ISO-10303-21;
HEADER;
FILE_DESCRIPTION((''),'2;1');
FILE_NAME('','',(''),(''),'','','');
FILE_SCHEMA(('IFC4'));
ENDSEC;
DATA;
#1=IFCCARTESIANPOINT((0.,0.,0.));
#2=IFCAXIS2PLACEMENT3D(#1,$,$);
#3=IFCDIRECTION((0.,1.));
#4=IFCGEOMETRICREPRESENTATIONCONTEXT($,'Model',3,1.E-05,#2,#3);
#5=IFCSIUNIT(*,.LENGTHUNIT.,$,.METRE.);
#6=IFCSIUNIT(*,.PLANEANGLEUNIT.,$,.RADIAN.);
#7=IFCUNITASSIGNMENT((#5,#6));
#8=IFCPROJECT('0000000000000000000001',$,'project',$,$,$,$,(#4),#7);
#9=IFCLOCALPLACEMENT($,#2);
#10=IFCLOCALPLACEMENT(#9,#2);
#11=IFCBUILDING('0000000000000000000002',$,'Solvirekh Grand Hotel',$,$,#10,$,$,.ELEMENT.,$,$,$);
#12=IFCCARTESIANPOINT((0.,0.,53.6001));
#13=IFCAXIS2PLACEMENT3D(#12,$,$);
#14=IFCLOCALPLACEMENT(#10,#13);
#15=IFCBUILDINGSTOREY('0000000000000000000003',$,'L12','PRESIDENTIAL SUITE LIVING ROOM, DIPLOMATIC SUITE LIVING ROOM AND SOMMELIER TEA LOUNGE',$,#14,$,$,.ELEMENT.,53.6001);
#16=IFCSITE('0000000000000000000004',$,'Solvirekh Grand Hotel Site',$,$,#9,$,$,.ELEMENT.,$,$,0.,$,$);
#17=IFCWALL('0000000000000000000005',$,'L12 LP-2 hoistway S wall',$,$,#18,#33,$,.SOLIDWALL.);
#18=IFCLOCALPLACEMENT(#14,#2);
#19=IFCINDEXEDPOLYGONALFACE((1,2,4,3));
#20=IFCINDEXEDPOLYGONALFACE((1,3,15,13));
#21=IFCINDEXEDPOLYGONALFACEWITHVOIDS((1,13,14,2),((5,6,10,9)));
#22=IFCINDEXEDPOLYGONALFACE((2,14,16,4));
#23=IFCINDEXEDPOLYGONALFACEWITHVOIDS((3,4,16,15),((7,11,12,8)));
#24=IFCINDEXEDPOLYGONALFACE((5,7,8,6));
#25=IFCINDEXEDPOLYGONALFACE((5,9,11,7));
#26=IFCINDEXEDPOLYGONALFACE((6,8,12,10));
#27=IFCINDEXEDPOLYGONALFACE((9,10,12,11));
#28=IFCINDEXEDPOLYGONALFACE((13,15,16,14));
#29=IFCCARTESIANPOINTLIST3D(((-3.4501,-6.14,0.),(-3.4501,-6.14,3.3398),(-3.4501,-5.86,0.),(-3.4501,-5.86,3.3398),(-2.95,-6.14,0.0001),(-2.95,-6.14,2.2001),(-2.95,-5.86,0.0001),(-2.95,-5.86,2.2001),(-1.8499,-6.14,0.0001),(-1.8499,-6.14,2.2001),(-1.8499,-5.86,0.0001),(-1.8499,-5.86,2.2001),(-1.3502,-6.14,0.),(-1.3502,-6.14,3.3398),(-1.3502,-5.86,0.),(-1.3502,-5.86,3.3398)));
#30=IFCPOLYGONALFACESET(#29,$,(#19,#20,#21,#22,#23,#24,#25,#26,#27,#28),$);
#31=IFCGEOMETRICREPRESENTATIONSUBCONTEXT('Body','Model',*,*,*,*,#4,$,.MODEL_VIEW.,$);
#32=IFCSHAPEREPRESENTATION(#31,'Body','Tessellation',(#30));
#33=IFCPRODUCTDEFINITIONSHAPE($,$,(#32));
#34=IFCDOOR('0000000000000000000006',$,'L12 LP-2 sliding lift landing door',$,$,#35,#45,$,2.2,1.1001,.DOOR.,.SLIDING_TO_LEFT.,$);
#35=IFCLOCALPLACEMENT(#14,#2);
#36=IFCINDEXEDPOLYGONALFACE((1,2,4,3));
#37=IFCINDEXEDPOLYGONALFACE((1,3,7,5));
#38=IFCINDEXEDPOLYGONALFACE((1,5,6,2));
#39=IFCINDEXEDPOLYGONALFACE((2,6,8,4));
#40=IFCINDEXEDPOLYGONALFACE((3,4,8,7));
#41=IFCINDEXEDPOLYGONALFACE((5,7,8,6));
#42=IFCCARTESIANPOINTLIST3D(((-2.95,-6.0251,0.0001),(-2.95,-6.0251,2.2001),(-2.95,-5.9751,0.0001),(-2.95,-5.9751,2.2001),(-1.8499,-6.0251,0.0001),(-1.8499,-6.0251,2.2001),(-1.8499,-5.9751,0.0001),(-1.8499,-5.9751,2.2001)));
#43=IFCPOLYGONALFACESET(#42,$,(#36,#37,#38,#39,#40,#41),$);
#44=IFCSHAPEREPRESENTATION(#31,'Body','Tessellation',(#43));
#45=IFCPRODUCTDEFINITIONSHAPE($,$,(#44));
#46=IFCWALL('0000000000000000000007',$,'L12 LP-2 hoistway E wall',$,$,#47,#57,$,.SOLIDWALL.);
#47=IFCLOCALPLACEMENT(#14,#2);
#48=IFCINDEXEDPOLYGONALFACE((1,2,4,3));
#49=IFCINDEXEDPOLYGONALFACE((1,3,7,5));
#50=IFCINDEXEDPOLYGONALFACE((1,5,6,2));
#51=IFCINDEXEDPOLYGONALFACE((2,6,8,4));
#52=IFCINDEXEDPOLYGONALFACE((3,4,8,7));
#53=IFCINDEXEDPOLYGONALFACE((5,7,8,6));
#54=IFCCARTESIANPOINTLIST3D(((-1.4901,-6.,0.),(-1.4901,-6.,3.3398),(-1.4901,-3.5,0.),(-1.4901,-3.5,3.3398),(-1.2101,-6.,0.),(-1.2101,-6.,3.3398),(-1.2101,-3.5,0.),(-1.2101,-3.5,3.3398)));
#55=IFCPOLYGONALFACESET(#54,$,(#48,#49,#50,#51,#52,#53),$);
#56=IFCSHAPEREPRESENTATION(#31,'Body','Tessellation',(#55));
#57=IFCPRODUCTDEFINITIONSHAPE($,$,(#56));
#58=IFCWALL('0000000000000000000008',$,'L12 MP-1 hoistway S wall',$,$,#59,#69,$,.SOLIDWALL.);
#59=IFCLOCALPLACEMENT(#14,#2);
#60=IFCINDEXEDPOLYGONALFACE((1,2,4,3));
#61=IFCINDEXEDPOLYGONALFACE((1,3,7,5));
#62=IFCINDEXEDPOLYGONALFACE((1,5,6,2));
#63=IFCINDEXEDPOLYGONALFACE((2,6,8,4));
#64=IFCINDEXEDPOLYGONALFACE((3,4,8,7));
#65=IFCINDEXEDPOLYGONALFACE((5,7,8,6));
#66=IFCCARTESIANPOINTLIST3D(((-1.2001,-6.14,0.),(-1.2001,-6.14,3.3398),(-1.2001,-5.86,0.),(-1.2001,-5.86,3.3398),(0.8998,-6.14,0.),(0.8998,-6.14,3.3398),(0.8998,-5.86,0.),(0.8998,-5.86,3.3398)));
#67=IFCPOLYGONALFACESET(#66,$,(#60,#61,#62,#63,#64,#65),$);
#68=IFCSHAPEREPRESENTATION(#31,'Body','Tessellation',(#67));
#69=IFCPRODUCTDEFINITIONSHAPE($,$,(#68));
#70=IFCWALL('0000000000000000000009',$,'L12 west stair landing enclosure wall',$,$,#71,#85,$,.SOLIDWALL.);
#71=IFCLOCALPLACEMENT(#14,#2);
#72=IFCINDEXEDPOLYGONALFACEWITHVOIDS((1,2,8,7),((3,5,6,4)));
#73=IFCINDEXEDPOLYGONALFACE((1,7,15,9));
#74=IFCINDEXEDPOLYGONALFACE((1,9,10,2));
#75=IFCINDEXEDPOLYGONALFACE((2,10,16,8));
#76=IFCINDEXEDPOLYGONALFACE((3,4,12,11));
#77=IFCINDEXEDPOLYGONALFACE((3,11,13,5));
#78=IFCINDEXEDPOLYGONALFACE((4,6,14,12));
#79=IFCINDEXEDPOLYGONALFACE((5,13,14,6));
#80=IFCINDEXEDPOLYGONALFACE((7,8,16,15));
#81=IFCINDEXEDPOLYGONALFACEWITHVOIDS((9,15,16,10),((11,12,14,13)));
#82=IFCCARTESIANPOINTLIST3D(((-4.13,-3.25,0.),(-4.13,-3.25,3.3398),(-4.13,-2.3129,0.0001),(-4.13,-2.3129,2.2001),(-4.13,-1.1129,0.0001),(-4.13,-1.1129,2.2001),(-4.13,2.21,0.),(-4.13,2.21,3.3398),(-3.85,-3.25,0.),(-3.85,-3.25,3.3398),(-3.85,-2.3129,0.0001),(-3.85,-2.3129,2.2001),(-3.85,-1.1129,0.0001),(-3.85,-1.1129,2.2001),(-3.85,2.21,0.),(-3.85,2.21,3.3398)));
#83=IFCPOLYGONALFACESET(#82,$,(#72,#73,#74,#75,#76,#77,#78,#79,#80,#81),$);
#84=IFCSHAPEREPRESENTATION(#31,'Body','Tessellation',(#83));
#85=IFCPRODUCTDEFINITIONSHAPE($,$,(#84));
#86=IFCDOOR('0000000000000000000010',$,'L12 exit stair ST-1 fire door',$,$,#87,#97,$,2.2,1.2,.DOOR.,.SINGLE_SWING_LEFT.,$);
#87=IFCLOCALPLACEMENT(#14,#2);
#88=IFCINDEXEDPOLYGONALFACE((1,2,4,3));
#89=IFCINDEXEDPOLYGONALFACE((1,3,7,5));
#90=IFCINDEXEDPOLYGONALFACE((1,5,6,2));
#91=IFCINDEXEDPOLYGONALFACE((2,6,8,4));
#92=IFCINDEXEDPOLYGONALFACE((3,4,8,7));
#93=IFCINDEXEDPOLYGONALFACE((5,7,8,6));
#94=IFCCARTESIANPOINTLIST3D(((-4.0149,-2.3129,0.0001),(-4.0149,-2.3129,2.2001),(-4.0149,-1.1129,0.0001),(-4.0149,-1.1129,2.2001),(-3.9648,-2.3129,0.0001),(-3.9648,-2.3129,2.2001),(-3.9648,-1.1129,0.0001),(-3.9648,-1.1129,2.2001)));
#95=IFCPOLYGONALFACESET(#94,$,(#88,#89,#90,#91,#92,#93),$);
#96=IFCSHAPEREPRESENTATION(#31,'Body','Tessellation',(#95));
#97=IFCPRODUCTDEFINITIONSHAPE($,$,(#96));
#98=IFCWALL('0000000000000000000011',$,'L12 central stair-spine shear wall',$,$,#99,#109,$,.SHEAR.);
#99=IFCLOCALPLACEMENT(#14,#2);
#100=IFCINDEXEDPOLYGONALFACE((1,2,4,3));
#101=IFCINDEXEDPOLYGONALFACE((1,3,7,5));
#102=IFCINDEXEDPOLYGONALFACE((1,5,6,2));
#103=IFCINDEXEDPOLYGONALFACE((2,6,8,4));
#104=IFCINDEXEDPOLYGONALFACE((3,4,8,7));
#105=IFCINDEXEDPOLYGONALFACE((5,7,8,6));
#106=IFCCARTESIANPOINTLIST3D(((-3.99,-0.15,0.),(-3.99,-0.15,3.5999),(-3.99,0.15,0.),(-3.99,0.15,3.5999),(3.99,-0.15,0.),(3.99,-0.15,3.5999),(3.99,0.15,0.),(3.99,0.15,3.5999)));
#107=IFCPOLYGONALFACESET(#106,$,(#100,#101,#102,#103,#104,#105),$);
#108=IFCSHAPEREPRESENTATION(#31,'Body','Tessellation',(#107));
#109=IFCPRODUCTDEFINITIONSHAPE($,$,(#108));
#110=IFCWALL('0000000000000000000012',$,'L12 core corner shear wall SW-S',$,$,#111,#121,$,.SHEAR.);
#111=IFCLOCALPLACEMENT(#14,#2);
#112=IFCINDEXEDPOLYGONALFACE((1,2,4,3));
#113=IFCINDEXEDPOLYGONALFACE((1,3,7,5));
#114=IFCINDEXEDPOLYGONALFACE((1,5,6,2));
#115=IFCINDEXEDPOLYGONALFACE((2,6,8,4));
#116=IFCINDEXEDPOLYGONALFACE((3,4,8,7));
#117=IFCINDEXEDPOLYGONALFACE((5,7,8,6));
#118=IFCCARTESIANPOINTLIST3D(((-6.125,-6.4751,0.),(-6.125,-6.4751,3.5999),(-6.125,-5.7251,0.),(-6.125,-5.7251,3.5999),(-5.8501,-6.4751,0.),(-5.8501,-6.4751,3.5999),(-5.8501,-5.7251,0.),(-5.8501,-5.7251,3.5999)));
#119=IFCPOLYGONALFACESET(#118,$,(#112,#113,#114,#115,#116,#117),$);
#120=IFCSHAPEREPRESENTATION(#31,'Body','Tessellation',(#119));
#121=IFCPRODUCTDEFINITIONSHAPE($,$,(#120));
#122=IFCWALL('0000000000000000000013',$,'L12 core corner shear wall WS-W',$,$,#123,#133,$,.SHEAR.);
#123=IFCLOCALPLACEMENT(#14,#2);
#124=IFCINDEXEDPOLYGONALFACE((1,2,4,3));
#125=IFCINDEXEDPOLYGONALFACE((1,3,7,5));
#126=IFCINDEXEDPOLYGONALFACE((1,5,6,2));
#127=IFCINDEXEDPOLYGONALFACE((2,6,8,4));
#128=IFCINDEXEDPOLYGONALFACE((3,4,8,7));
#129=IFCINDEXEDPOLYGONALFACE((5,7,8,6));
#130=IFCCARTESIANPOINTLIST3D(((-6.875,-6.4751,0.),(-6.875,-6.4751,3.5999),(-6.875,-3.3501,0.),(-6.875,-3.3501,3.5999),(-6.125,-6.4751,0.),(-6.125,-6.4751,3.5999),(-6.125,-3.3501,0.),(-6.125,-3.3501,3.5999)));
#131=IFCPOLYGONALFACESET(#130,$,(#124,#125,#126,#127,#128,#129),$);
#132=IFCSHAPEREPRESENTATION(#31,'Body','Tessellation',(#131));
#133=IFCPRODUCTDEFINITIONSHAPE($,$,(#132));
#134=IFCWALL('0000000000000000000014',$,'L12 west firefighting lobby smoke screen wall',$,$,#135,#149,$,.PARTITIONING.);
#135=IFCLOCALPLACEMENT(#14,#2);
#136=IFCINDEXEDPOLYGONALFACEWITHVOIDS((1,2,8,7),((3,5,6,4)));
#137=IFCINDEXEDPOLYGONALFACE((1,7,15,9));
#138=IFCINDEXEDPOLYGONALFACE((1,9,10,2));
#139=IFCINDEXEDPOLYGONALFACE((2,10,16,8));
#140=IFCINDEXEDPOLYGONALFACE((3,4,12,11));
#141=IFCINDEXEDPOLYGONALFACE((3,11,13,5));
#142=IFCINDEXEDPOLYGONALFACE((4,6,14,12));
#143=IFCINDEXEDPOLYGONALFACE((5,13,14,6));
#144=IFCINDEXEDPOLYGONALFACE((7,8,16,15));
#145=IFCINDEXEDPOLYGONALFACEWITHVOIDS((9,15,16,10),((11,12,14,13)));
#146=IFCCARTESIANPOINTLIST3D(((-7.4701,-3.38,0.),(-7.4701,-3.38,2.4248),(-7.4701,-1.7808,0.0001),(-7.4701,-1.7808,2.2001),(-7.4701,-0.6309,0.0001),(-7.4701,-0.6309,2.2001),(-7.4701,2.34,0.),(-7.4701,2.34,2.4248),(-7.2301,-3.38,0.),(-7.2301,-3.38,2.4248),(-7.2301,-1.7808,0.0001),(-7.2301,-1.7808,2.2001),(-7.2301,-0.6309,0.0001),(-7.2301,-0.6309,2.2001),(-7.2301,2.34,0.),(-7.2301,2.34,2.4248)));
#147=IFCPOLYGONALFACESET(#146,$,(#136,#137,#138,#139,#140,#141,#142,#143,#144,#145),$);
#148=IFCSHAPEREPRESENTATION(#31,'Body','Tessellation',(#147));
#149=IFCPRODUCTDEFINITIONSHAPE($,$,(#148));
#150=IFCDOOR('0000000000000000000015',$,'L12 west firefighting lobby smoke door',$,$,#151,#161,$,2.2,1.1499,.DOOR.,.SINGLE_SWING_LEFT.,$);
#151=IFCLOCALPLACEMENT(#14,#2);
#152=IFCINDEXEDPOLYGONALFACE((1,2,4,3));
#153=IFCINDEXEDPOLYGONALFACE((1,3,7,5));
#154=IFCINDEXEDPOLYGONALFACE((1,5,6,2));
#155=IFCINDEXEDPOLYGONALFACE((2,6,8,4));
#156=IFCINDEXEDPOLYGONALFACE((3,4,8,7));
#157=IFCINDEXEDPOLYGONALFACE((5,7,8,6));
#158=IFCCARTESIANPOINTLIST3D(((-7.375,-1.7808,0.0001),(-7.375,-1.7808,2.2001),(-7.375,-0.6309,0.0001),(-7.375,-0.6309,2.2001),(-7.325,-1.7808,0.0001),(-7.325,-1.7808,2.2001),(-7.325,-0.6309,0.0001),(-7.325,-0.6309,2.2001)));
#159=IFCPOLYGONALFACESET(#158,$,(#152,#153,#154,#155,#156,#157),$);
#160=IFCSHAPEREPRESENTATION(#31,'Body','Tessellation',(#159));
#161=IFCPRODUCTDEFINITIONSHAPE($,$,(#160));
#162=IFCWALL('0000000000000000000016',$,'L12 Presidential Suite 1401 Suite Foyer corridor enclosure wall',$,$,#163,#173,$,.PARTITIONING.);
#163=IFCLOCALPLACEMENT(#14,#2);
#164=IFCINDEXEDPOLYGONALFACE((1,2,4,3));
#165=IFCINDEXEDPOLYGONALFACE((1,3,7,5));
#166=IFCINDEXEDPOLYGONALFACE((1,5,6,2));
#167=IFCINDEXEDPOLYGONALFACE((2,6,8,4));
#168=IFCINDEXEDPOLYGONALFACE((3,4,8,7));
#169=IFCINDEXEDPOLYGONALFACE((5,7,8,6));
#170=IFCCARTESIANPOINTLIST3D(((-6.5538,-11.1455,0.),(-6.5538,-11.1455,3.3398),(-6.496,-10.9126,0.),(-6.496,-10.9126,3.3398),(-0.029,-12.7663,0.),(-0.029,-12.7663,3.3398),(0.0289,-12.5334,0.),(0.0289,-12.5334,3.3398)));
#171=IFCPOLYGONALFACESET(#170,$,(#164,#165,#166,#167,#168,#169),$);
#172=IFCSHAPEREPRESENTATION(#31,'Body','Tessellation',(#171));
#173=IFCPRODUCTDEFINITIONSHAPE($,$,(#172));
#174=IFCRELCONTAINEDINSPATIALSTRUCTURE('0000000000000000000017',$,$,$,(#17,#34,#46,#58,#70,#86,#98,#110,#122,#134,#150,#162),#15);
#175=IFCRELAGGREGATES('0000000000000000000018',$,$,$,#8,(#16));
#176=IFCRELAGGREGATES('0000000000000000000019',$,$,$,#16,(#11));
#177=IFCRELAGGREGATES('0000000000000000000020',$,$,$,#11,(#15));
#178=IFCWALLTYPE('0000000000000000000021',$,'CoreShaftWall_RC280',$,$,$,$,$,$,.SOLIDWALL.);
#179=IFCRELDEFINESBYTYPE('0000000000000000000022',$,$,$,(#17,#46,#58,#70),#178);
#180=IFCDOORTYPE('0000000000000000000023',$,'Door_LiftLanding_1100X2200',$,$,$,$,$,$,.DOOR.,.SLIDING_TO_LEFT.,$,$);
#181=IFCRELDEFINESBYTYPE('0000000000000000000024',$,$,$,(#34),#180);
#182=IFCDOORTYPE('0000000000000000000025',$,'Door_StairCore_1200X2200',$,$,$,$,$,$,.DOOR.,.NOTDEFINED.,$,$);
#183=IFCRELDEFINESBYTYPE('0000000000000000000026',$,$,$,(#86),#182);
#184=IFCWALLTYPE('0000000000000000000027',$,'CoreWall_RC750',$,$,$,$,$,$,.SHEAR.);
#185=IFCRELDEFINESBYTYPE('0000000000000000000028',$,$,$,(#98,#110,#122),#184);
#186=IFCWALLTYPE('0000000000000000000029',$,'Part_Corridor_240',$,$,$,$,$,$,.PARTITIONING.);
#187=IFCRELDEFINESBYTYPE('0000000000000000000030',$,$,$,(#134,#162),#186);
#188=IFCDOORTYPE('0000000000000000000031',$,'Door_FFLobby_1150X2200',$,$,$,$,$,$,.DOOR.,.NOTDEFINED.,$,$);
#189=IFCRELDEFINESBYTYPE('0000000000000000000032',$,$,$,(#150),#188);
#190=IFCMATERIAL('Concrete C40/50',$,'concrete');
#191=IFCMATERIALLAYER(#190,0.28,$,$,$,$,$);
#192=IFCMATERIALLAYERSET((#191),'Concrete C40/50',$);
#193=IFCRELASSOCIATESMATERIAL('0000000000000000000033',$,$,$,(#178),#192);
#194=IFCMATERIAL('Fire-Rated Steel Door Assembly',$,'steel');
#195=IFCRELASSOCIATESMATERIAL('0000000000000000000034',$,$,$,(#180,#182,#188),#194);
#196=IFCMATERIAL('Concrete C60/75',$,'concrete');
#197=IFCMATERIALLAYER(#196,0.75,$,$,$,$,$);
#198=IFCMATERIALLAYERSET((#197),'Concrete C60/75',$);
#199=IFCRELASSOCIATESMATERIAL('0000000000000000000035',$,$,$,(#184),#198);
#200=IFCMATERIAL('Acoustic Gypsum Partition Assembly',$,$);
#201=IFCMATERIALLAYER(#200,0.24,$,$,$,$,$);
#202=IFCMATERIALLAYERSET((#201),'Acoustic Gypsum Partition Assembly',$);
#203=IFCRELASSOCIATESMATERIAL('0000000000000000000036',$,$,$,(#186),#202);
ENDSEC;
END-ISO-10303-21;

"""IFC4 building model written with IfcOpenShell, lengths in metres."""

from ifc_helpers import new_model, si_unit, direction, frame, frame_2d, origin, place, context, subcontext, project, spatial, rectangle, extrude, material, layer, layer_set, type_object, element, fill, save


model = new_model("IFC4")

# Units and contexts
model_context = context("Model", 3, precision=1e-05, world=origin(), true_north=direction((0.0, 1.0)))
body_context = subcontext(model_context, "Body", "Model", "MODEL_VIEW")
ifc_project = project(units=[si_unit("LENGTHUNIT", "METRE"), si_unit("PLANEANGLEUNIT", "RADIAN")], contexts=[model_context])

# Site, building, storey
site_placement = place(None, origin())
site = spatial("IfcSite", under=ifc_project, at=site_placement, Name="Solvirekh Grand Hotel Site", CompositionType="ELEMENT", RefElevation=0.0)
building_placement = place(site_placement, origin())
building = spatial("IfcBuilding", under=site, at=building_placement, Name="Solvirekh Grand Hotel", CompositionType="ELEMENT")
storey_placement = place(building_placement, frame((0.0, 0.0, 53.6001)))
storey = spatial("IfcBuildingStorey", under=building, at=storey_placement, Name="L12", Description="PRESIDENTIAL SUITE LIVING ROOM, DIPLOMATIC SUITE LIVING ROOM AND SOMMELIER TEA LOUNGE", CompositionType="ELEMENT", Elevation=53.6001)

# Shared definitions
ifc_material_1 = material(Name="Concrete C60/75", Category="concrete")

# Shared definitions
ifc_material_2 = material(Name="Concrete C40/50", Category="concrete")
ifc_layer_1 = layer(ifc_material_2, 0.28)
ifc_layer_set_1 = layer_set([ifc_layer_1], Name="Concrete C40/50")
wall_type_1 = type_object("IfcWallType", Name="CoreShaftWall_RC280", PredefinedType="SOLIDWALL", material=ifc_layer_set_1)
ifc_material_3 = material(Name="Fire-Rated Steel Door Assembly", Category="steel")
door_type_1 = type_object("IfcDoorType", Name="Door_LiftLanding_1100X2200", OperationType="SLIDING_TO_LEFT", PredefinedType="DOOR", material=ifc_material_3)

# Wall, opening, door
wall_1_placement = place(storey_placement, frame((-3.45, -6.0, 0.0), z_axis=(0.0, 0.0, 1.0), x_axis=(1.0, 0.0, 0.0)))
wall_1 = element("IfcWall", 1, at=wall_1_placement, inside=storey, type_object=wall_type_1, Name="L12 LP-2 hoistway S wall", PredefinedType="SOLIDWALL", context=body_context, shape_type="SweptSolid", body=[
    extrude(rectangle(XDim=2.0999, YDim=0.28, at=frame_2d((1.0498, 0.0))), origin(), (0.0, 0.0, 1.0), 3.3398),
])
opening_1_placement = place(wall_1_placement, frame((0.5, 0.0, 0.0)))
opening_1 = element("IfcOpeningElement", 2, at=opening_1_placement, cuts=wall_1, PredefinedType="OPENING", context=body_context, shape_type="SweptSolid", body=[
    extrude(rectangle(XDim=1.1001, YDim=2.2, at=frame_2d((0.55, 1.1001))), frame((0.0, 0.1499, 0.0), z_axis=(0.0, -1.0, 0.0), x_axis=(1.0, 0.0, 0.0)), (0.0, 0.0, 1.0), 0.3),
])
door_1_placement = place(opening_1_placement, origin())
door_1 = element("IfcDoor", 3, at=door_1_placement, inside=storey, type_object=door_type_1, Name="L12 LP-2 sliding lift landing door", OperationType="SLIDING_TO_LEFT", OverallHeight=2.2, OverallWidth=1.1001, PredefinedType="DOOR", context=body_context, shape_type="SweptSolid", body=[
    extrude(rectangle(XDim=1.1001, YDim=2.2, at=frame_2d((0.55, 1.1001))), frame((0.0, 0.0249, 0.0), z_axis=(0.0, -1.0, 0.0), x_axis=(1.0, 0.0, 0.0)), (0.0, 0.0, 1.0), 0.05),
])
fill(opening_1, door_1)

# Walls
wall_2_placement = place(storey_placement, frame((-1.3501, -6.0, 0.0), z_axis=(0.0, 0.0, 1.0), x_axis=(0.0, 1.0, 0.0)))
element("IfcWall", 4, at=wall_2_placement, inside=storey, type_object=wall_type_1, Name="L12 LP-2 hoistway E wall", PredefinedType="SOLIDWALL", context=body_context, shape_type="SweptSolid", body=[
    extrude(rectangle(XDim=2.5, YDim=0.28, at=frame_2d((1.25, 0.0))), origin(), (0.0, 0.0, 1.0), 3.3398),
])
wall_3_placement = place(storey_placement, frame((-1.2, -6.0, 0.0), z_axis=(0.0, 0.0, 1.0), x_axis=(1.0, 0.0, 0.0)))
element("IfcWall", 5, at=wall_3_placement, inside=storey, type_object=wall_type_1, Name="L12 MP-1 hoistway S wall", PredefinedType="SOLIDWALL", context=body_context, shape_type="SweptSolid", body=[
    extrude(rectangle(XDim=2.0999, YDim=0.28, at=frame_2d((1.0498, 0.0))), origin(), (0.0, 0.0, 1.0), 3.3398),
])

# Wall, opening, door
wall_4_placement = place(storey_placement, frame((-3.99, -3.25, 0.0), z_axis=(0.0, 0.0, 1.0), x_axis=(0.0, 1.0, 0.0)))
wall_4 = element("IfcWall", 6, at=wall_4_placement, inside=storey, type_object=wall_type_1, Name="L12 west stair landing enclosure wall", PredefinedType="SOLIDWALL", context=body_context, shape_type="SweptSolid", body=[
    extrude(rectangle(XDim=5.46, YDim=0.28, at=frame_2d((2.73, 0.0))), origin(), (0.0, 0.0, 1.0), 3.3398),
])
opening_2_placement = place(wall_4_placement, frame((0.937, 0.0, 0.0)))
opening_2 = element("IfcOpeningElement", 7, at=opening_2_placement, cuts=wall_4, PredefinedType="OPENING", context=body_context, shape_type="SweptSolid", body=[
    extrude(rectangle(XDim=1.2, YDim=2.2, at=frame_2d((0.6001, 1.1001))), frame((0.0, 0.1499, 0.0), z_axis=(0.0, -1.0, 0.0), x_axis=(1.0, 0.0, 0.0)), (0.0, 0.0, 1.0), 0.3),
])
door_type_2 = type_object("IfcDoorType", Name="Door_StairCore_1200X2200", OperationType="NOTDEFINED", PredefinedType="DOOR", material=ifc_material_3)
door_2_placement = place(opening_2_placement, origin())
door_2 = element("IfcDoor", 8, at=door_2_placement, inside=storey, type_object=door_type_2, Name="L12 exit stair ST-1 fire door", OperationType="SINGLE_SWING_LEFT", OverallHeight=2.2, OverallWidth=1.2, PredefinedType="DOOR", context=body_context, shape_type="SweptSolid", body=[
    extrude(rectangle(XDim=1.2, YDim=2.2, at=frame_2d((0.6001, 1.1001))), frame((0.0, 0.0249, 0.0), z_axis=(0.0, -1.0, 0.0), x_axis=(1.0, 0.0, 0.0)), (0.0, 0.0, 1.0), 0.05),
])
fill(opening_2, door_2)

# Walls
ifc_layer_2 = layer(ifc_material_1, 0.75)
ifc_layer_set_2 = layer_set([ifc_layer_2], Name="Concrete C60/75")
wall_type_2 = type_object("IfcWallType", Name="CoreWall_RC750", PredefinedType="SHEAR", material=ifc_layer_set_2)
wall_5_placement = place(storey_placement, frame((-3.99, 0.0, 0.0), z_axis=(0.0, 0.0, 1.0), x_axis=(1.0, 0.0, 0.0)))
element("IfcWall", 9, at=wall_5_placement, inside=storey, type_object=wall_type_2, Name="L12 central stair-spine shear wall", PredefinedType="SHEAR", context=body_context, shape_type="SweptSolid", body=[
    extrude(rectangle(XDim=7.98, YDim=0.3, at=frame_2d((3.99, 0.0))), origin(), (0.0, 0.0, 1.0), 3.5999),
])
wall_6_placement = place(storey_placement, frame((-6.125, -6.1001, 0.0), z_axis=(0.0, 0.0, 1.0), x_axis=(1.0, 0.0, 0.0)))
element("IfcWall", 10, at=wall_6_placement, inside=storey, type_object=wall_type_2, Name="L12 core corner shear wall SW-S", PredefinedType="SHEAR", context=body_context, shape_type="SweptSolid", body=[
    extrude(rectangle(XDim=0.2749, YDim=0.75, at=frame_2d((0.1375, 0.0))), origin(), (0.0, 0.0, 1.0), 3.5999),
])
wall_7_placement = place(storey_placement, frame((-6.5, -6.4751, 0.0), z_axis=(0.0, 0.0, 1.0), x_axis=(0.0, 1.0, 0.0)))
element("IfcWall", 11, at=wall_7_placement, inside=storey, type_object=wall_type_2, Name="L12 core corner shear wall WS-W", PredefinedType="SHEAR", context=body_context, shape_type="SweptSolid", body=[
    extrude(rectangle(XDim=3.125, YDim=0.75, at=frame_2d((1.5625, 0.0))), origin(), (0.0, 0.0, 1.0), 3.5999),
])

# Wall, opening, door
ifc_material_4 = material(Name="Acoustic Gypsum Partition Assembly")
ifc_layer_3 = layer(ifc_material_4, 0.24)
ifc_layer_set_3 = layer_set([ifc_layer_3], Name="Acoustic Gypsum Partition Assembly")
wall_type_3 = type_object("IfcWallType", Name="Part_Corridor_240", PredefinedType="PARTITIONING", material=ifc_layer_set_3)
wall_8_placement = place(storey_placement, frame((-7.3501, -3.3799, 0.0), z_axis=(0.0, 0.0, 1.0), x_axis=(0.0, 1.0, 0.0)))
wall_8 = element("IfcWall", 12, at=wall_8_placement, inside=storey, type_object=wall_type_3, Name="L12 west firefighting lobby smoke screen wall", PredefinedType="PARTITIONING", context=body_context, shape_type="SweptSolid", body=[
    extrude(rectangle(XDim=5.72, YDim=0.24, at=frame_2d((2.8599, 0.0))), origin(), (0.0, 0.0, 1.0), 2.4248),
])
opening_3_placement = place(wall_8_placement, frame((1.5991, 0.0, 0.0)))
opening_3 = element("IfcOpeningElement", 13, at=opening_3_placement, cuts=wall_8, PredefinedType="OPENING", context=body_context, shape_type="SweptSolid", body=[
    extrude(rectangle(XDim=1.1499, YDim=2.2, at=frame_2d((0.575, 1.1001))), frame((0.0, 0.1299, 0.0), z_axis=(0.0, -1.0, 0.0), x_axis=(1.0, 0.0, 0.0)), (0.0, 0.0, 1.0), 0.26),
])
door_type_3 = type_object("IfcDoorType", Name="Door_FFLobby_1150X2200", OperationType="NOTDEFINED", PredefinedType="DOOR", material=ifc_material_3)
door_3_placement = place(opening_3_placement, origin())
door_3 = element("IfcDoor", 14, at=door_3_placement, inside=storey, type_object=door_type_3, Name="L12 west firefighting lobby smoke door", OperationType="SINGLE_SWING_LEFT", OverallHeight=2.2, OverallWidth=1.1499, PredefinedType="DOOR", context=body_context, shape_type="SweptSolid", body=[
    extrude(rectangle(XDim=1.1499, YDim=2.2, at=frame_2d((0.575, 1.1001))), frame((0.0, 0.0249, 0.0), z_axis=(0.0, -1.0, 0.0), x_axis=(1.0, 0.0, 0.0)), (0.0, 0.0, 1.0), 0.05),
])
fill(opening_3, door_3)

# Wall
wall_9_placement = place(storey_placement, frame((-6.5249, -11.0291, 0.0), z_axis=(0.0, 0.0, 1.0), x_axis=(0.970505, -0.241083, 0.0)))
element("IfcWall", 15, at=wall_9_placement, inside=storey, type_object=wall_type_3, Name="L12 Presidential Suite 1401 Suite Foyer corridor enclosure wall", PredefinedType="PARTITIONING", context=body_context, shape_type="SweptSolid", body=[
    extrude(rectangle(XDim=6.7231, YDim=0.24, at=frame_2d((3.3616, 0.0))), origin(), (0.0, 0.0, 1.0), 3.3398),
])

save(model, "model.ifc")
